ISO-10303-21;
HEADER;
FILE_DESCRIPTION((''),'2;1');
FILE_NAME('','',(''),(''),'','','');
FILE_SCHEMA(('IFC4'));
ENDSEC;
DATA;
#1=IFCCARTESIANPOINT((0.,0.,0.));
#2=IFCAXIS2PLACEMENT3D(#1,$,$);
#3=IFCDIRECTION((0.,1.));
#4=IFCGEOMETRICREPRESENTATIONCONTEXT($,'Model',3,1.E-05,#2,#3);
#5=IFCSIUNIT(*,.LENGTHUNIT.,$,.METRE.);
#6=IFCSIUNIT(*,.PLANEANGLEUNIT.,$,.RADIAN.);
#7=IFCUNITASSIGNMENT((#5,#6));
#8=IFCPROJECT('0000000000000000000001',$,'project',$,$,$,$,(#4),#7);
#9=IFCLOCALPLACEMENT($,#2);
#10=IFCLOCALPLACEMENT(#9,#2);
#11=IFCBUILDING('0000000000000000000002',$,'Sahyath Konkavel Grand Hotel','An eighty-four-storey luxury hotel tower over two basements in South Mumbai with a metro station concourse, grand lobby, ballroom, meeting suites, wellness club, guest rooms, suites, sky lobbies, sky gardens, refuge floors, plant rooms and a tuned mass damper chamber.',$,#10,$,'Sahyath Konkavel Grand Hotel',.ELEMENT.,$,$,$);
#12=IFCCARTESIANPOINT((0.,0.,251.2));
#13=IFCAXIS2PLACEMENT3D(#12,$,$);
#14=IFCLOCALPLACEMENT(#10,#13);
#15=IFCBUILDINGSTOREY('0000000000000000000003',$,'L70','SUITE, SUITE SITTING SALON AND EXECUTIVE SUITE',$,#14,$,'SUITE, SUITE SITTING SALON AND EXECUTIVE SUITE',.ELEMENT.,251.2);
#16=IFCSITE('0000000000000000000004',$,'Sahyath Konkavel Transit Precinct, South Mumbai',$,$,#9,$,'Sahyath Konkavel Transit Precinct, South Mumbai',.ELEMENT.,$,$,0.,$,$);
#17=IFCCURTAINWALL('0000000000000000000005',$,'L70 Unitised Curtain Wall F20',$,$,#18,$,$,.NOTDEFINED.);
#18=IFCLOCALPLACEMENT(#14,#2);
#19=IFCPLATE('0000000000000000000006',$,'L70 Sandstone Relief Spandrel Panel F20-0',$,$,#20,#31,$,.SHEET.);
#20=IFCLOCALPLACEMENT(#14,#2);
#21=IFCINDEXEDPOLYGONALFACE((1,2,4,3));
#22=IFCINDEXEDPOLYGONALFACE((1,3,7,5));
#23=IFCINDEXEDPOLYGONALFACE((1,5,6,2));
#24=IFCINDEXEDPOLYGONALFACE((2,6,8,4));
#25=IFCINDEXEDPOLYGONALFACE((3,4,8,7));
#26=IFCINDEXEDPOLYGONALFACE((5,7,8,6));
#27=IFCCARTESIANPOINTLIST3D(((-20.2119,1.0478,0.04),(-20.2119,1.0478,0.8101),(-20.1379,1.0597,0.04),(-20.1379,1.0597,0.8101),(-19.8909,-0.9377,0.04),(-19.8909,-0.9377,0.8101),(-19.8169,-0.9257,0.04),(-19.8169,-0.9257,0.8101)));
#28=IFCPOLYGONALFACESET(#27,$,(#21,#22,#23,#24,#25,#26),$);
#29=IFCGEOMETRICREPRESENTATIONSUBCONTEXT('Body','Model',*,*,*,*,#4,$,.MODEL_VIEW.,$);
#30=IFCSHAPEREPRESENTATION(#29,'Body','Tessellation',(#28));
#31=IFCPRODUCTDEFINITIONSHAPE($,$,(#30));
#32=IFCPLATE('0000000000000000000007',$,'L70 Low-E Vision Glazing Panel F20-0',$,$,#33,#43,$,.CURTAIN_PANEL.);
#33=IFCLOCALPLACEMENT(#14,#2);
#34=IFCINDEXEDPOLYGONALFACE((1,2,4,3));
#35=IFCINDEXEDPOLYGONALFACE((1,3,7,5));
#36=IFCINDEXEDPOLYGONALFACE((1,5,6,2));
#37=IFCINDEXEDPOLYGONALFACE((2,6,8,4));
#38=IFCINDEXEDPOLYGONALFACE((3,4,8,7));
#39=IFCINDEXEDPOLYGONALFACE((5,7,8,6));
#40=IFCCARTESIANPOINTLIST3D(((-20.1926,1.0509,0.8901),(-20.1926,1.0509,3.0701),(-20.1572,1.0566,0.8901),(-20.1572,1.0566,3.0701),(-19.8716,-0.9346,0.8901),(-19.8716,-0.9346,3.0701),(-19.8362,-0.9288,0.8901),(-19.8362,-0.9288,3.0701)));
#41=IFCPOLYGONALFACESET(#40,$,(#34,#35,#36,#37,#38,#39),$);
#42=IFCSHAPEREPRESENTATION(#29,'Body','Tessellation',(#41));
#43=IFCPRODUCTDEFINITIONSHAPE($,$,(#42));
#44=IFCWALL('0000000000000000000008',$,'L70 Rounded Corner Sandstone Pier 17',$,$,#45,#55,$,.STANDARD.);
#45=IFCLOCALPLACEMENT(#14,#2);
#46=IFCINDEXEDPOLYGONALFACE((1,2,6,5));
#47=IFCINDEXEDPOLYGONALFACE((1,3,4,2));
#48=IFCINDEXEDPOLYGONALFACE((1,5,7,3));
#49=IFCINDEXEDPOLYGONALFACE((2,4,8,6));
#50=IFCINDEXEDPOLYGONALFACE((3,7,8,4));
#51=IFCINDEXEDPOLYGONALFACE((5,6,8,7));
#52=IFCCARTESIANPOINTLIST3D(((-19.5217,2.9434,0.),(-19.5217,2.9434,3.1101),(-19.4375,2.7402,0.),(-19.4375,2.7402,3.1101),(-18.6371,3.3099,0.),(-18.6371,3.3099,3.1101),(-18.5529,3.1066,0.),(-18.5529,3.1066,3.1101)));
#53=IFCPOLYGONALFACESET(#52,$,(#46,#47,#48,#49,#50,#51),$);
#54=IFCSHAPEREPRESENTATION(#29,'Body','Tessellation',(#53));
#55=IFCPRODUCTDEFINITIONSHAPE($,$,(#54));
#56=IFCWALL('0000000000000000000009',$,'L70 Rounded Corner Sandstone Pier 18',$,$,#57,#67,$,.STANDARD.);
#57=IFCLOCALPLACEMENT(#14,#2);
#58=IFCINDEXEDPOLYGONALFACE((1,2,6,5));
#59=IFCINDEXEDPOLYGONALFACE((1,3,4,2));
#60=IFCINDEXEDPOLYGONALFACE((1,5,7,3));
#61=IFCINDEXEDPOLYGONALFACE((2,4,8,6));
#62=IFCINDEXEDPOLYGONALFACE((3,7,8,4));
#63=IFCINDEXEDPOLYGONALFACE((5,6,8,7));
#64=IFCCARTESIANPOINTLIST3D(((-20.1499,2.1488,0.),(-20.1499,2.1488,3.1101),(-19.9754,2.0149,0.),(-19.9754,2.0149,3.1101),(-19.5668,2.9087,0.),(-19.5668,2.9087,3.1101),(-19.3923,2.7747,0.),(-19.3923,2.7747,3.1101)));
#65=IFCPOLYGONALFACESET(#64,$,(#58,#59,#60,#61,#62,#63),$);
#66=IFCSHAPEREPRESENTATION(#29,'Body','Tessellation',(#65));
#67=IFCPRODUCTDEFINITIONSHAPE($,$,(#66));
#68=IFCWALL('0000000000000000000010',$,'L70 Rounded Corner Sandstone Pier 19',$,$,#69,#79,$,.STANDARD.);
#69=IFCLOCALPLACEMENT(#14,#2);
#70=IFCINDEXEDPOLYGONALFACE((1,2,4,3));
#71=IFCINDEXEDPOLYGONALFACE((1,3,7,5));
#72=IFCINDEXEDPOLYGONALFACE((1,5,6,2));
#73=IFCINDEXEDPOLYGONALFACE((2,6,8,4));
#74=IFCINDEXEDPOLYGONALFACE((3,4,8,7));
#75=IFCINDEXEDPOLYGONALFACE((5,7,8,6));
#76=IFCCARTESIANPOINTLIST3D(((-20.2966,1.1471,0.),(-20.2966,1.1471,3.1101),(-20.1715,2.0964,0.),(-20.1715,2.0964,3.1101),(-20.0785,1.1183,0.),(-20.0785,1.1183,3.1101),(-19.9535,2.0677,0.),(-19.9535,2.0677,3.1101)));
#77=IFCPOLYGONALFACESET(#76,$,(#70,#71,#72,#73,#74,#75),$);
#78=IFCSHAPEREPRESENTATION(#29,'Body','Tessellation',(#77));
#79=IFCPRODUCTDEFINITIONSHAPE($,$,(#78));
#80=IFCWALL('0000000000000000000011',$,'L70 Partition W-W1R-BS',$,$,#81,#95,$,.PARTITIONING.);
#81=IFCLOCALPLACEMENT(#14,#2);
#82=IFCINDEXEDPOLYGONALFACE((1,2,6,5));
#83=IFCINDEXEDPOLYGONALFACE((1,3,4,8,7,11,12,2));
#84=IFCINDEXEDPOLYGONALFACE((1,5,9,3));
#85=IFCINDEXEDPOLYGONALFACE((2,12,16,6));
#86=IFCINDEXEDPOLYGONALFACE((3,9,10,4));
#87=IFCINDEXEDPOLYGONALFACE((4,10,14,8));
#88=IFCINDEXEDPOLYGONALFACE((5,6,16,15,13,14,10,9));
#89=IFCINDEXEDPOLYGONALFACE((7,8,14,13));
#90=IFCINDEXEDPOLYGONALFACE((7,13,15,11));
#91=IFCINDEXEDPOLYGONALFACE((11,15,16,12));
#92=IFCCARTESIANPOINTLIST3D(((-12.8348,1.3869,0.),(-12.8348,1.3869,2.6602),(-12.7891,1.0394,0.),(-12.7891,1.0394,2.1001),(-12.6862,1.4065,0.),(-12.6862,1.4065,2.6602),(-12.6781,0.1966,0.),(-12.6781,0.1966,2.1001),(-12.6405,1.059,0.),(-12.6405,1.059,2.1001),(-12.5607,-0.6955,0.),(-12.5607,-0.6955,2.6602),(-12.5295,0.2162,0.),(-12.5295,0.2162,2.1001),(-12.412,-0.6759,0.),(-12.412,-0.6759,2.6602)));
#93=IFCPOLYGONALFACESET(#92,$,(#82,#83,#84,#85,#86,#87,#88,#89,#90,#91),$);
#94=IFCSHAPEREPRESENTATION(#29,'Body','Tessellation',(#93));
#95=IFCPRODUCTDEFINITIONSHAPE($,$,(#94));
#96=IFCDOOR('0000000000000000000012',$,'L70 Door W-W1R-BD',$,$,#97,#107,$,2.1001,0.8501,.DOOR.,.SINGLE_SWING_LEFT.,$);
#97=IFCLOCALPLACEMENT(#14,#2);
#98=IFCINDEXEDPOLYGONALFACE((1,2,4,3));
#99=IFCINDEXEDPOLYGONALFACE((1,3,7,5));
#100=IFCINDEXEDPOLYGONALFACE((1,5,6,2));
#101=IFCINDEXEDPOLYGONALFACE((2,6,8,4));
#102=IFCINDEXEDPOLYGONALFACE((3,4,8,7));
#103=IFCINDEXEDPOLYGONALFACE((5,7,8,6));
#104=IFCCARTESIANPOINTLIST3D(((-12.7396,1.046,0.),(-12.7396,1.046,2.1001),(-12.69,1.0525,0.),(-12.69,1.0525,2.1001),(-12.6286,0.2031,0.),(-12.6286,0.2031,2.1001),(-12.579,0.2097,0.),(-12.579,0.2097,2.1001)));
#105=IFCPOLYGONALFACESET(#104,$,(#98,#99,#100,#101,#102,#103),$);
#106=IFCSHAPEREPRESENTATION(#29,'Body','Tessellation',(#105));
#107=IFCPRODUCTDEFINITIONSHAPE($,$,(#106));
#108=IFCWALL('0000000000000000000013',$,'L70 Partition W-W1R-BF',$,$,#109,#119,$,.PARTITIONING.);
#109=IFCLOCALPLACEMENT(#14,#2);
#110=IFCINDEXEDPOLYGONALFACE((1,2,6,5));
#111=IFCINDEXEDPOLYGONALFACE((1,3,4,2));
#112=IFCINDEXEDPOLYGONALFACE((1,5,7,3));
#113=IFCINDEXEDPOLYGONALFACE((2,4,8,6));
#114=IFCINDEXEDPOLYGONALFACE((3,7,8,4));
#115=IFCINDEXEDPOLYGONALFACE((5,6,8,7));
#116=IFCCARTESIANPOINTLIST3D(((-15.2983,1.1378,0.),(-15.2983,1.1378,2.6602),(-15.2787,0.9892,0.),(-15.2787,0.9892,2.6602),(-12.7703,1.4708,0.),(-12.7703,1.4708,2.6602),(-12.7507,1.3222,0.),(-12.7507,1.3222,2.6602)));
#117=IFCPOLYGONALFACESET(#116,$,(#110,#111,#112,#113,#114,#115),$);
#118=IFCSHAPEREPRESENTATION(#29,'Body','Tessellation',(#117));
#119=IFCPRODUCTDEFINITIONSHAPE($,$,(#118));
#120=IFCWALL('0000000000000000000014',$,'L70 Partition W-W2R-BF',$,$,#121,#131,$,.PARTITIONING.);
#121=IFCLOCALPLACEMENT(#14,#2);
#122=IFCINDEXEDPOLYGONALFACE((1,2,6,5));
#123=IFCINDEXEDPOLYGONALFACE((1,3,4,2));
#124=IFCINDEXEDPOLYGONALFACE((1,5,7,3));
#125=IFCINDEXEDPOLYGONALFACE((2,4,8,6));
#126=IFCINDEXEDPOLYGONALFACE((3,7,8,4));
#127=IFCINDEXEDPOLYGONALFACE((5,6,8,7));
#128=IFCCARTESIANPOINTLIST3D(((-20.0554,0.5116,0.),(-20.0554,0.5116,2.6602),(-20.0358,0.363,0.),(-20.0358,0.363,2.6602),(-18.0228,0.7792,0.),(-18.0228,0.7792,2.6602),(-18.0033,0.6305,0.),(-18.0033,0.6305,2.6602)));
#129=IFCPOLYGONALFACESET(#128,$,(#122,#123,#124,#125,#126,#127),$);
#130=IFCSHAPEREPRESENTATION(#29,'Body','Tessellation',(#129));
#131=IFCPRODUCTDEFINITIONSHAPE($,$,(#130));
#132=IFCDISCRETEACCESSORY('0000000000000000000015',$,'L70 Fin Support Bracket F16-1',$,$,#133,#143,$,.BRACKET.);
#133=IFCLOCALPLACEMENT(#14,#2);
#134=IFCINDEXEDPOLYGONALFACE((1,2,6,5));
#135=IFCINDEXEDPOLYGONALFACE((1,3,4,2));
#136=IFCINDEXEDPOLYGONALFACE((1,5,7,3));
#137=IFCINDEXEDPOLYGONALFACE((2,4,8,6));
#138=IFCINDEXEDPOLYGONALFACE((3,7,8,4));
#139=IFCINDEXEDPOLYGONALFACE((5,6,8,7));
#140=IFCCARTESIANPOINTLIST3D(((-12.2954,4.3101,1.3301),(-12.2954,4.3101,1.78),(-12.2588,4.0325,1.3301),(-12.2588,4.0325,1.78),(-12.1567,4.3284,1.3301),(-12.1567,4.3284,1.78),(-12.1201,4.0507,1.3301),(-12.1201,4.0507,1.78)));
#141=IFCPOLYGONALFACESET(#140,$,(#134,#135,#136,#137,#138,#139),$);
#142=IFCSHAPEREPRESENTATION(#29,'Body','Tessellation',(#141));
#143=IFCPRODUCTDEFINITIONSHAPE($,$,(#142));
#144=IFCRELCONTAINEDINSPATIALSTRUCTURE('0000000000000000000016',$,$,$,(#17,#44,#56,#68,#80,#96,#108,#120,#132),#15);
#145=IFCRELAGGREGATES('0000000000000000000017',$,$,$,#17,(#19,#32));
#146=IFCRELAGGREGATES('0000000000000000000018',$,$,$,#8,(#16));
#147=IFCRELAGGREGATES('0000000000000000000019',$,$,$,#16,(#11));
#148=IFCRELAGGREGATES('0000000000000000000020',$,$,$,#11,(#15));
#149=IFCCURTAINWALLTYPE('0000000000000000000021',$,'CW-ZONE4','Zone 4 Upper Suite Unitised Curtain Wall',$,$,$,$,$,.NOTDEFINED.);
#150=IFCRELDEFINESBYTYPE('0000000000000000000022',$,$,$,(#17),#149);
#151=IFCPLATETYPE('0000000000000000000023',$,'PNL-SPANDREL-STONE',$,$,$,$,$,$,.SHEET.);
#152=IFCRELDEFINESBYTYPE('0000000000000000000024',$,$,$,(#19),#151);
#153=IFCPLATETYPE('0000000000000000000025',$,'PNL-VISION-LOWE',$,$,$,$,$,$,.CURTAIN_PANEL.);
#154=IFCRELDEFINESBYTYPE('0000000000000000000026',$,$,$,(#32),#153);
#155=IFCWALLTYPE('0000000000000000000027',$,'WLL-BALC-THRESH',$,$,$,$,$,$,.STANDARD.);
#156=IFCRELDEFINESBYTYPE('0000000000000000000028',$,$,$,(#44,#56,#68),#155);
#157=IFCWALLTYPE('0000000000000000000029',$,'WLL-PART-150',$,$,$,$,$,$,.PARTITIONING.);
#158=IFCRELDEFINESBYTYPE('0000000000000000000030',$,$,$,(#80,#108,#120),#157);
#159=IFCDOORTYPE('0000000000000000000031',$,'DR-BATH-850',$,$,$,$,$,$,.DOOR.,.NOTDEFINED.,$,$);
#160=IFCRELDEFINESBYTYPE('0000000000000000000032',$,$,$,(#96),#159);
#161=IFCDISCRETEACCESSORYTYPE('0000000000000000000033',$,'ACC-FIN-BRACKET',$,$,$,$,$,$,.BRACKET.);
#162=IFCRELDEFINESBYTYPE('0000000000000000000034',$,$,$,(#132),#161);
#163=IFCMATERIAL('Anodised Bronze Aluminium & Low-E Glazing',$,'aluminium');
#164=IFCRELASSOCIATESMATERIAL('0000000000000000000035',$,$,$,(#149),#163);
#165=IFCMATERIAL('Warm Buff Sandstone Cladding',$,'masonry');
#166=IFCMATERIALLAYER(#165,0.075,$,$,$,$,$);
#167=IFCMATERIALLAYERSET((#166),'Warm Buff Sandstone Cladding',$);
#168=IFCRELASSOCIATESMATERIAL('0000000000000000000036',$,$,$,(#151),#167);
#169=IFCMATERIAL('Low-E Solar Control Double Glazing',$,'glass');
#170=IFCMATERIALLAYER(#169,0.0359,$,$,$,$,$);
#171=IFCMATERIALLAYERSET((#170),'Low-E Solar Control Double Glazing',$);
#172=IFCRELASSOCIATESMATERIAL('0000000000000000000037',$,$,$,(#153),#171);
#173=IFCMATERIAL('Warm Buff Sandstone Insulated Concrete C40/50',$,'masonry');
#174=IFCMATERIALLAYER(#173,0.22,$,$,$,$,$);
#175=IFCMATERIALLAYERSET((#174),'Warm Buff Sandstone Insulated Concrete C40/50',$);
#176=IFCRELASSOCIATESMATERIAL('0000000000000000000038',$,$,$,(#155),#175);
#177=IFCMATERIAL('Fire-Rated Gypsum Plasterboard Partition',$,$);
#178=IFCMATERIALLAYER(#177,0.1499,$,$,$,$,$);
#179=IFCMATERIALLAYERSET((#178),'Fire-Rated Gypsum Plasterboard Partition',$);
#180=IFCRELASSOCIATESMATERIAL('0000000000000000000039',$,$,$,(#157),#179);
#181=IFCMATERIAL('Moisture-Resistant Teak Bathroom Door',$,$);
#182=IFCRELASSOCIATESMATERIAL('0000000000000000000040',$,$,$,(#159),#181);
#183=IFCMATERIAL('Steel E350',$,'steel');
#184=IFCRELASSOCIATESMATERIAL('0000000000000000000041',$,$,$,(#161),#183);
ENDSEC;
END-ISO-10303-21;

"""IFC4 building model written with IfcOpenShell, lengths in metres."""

from ifc_helpers import new_model, si_unit, direction, frame, frame_2d, origin, origin_2d, place, context, subcontext, project, spatial, rectangle, extrude, source, transform, mapped, material, layer, layer_set, type_object, element, fill, aggregate, save


model = new_model("IFC4")

# Units and contexts
model_context = context("Model", 3, precision=1e-05, world=origin(), true_north=direction((0.0, 1.0)))
body_context = subcontext(model_context, "Body", "Model", "MODEL_VIEW")
ifc_project = project(units=[si_unit("LENGTHUNIT", "METRE"), si_unit("PLANEANGLEUNIT", "RADIAN")], contexts=[model_context])

# Site, building, storey
site_placement = place(None, origin())
site = spatial("IfcSite", under=ifc_project, at=site_placement, Name="Sahyath Konkavel Transit Precinct, South Mumbai", LongName="Sahyath Konkavel Transit Precinct, South Mumbai", CompositionType="ELEMENT", RefElevation=0.0)
building_placement = place(site_placement, origin())
building = spatial("IfcBuilding", under=site, at=building_placement, Name="Sahyath Konkavel Grand Hotel", Description="An eighty-four-storey luxury hotel tower over two basements in South Mumbai with a metro station concourse, grand lobby, ballroom, meeting suites, wellness club, guest rooms, suites, sky lobbies, sky gardens, refuge floors, plant rooms and a tuned mass damper chamber.", LongName="Sahyath Konkavel Grand Hotel", CompositionType="ELEMENT")
storey_placement = place(building_placement, frame((0.0, 0.0, 251.2)))
storey = spatial("IfcBuildingStorey", under=building, at=storey_placement, Name="L70", Description="SUITE, SUITE SITTING SALON AND EXECUTIVE SUITE", LongName="SUITE, SUITE SITTING SALON AND EXECUTIVE SUITE", CompositionType="ELEMENT", Elevation=251.2)

# Shared definitions
ifc_material_1 = material(Name="Steel E350", Category="steel")

# Shared definitions
ifc_material_2 = material(Name="Anodised Bronze Aluminium & Low-E Glazing", Category="aluminium")
curtain_wall_type = type_object("IfcCurtainWallType", Name="CW-ZONE4", Description="Zone 4 Upper Suite Unitised Curtain Wall", PredefinedType="NOTDEFINED", material=ifc_material_2)

# Curtain wall
curtain_wall_1_placement = place(storey_placement, origin())
curtain_wall_1 = element("IfcCurtainWall", 1, at=curtain_wall_1_placement, inside=storey, type_object=curtain_wall_type, Name="L70 Unitised Curtain Wall F20", PredefinedType="NOTDEFINED")

# Plates
ifc_material_3 = material(Name="Warm Buff Sandstone Cladding", Category="masonry")
ifc_layer_1 = layer(ifc_material_3, 0.075)
ifc_layer_set_1 = layer_set([ifc_layer_1], Name="Warm Buff Sandstone Cladding")
plate_type_1 = type_object("IfcPlateType", Name="PNL-SPANDREL-STONE", PredefinedType="SHEET", material=ifc_layer_set_1)
ifc_material_4 = material(Name="Low-E Solar Control Double Glazing", Category="glass")
ifc_layer_2 = layer(ifc_material_4, 0.0359)
ifc_layer_set_2 = layer_set([ifc_layer_2], Name="Low-E Solar Control Double Glazing")
plate_type_2 = type_object("IfcPlateType", Name="PNL-VISION-LOWE", PredefinedType="CURTAIN_PANEL", material=ifc_layer_set_2)
shared_shape_1 = source(origin(), body_context, "Body", "SweptSolid", [
    extrude(rectangle(XDim=2.0112, YDim=0.075, at=origin_2d()), origin(), (0.0, 0.0, 1.0), 0.77),
])
plate_1_placement = place(storey_placement, frame((-20.0144, 0.061, 0.04), z_axis=(0.0, 0.0, 1.0), x_axis=(0.159588, -0.987184, 0.0)))
plate_1 = element("IfcPlate", 2, at=plate_1_placement, type_object=plate_type_1, Name="L70 Sandstone Relief Spandrel Panel F20-0", PredefinedType="SHEET", context=body_context, shape_type="MappedRepresentation", body=[
    mapped(shared_shape_1, transform((0.0, 0.0, 0.0), scale=1.0)),
])
shared_shape_2 = source(origin(), body_context, "Body", "SweptSolid", [
    extrude(rectangle(XDim=2.0112, YDim=0.0359, at=origin_2d()), origin(), (0.0, 0.0, 1.0), 2.1799),
])
plate_2_placement = place(storey_placement, frame((-20.0144, 0.061, 0.8901), z_axis=(0.0, 0.0, 1.0), x_axis=(0.159588, -0.987184, 0.0)))
plate_2 = element("IfcPlate", 3, at=plate_2_placement, type_object=plate_type_2, Name="L70 Low-E Vision Glazing Panel F20-0", PredefinedType="CURTAIN_PANEL", context=body_context, shape_type="MappedRepresentation", body=[
    mapped(shared_shape_2, transform((0.0, 0.0, 0.0), scale=1.0)),
])
aggregate(curtain_wall_1, [plate_1, plate_2])

# Walls
ifc_material_5 = material(Name="Warm Buff Sandstone Insulated Concrete C40/50", Category="masonry")
ifc_layer_3 = layer(ifc_material_5, 0.22)
ifc_layer_set_3 = layer_set([ifc_layer_3], Name="Warm Buff Sandstone Insulated Concrete C40/50")
wall_type_1 = type_object("IfcWallType", Name="WLL-BALC-THRESH", PredefinedType="STANDARD", material=ifc_layer_set_3)
wall_1_placement = place(storey_placement, frame((-18.595, 3.2083, 0.0), z_axis=(0.0, 0.0, 1.0), x_axis=(-0.923852, -0.38275, 0.0)))
element("IfcWall", 4, at=wall_1_placement, inside=storey, type_object=wall_type_1, Name="L70 Rounded Corner Sandstone Pier 17", PredefinedType="STANDARD", context=body_context, shape_type="SweptSolid", body=[
    extrude(rectangle(XDim=0.9575, YDim=0.22, at=frame_2d((0.4788, 0.0))), origin(), (0.0, 0.0, 1.0), 3.1101),
])
wall_2_placement = place(storey_placement, frame((-19.4795, 2.8418, 0.0), z_axis=(0.0, 0.0, 1.0), x_axis=(-0.608774, -0.793344, 0.0)))
element("IfcWall", 5, at=wall_2_placement, inside=storey, type_object=wall_type_1, Name="L70 Rounded Corner Sandstone Pier 18", PredefinedType="STANDARD", context=body_context, shape_type="SweptSolid", body=[
    extrude(rectangle(XDim=0.9578, YDim=0.22, at=frame_2d((0.479, 0.0))), origin(), (0.0, 0.0, 1.0), 3.1101),
])
wall_3_placement = place(storey_placement, frame((-20.0625, 2.082, 0.0), z_axis=(0.0, 0.0, 1.0), x_axis=(-0.13056, -0.99144, 0.0)))
element("IfcWall", 6, at=wall_3_placement, inside=storey, type_object=wall_type_1, Name="L70 Rounded Corner Sandstone Pier 19", PredefinedType="STANDARD", context=body_context, shape_type="SweptSolid", body=[
    extrude(rectangle(XDim=0.9575, YDim=0.22, at=frame_2d((0.4788, 0.0))), origin(), (0.0, 0.0, 1.0), 3.1101),
])

# Wall, opening, door
ifc_material_6 = material(Name="Fire-Rated Gypsum Plasterboard Partition")
ifc_layer_4 = layer(ifc_material_6, 0.1499)
ifc_layer_set_4 = layer_set([ifc_layer_4], Name="Fire-Rated Gypsum Plasterboard Partition")
wall_type_2 = type_object("IfcWallType", Name="WLL-PART-150", PredefinedType="PARTITIONING", material=ifc_layer_set_4)
wall_4_placement = place(storey_placement, frame((-12.4863, -0.6858, 0.0), z_axis=(0.0, 0.0, 1.0), x_axis=(-0.130542, 0.991443, 0.0)))
wall_4 = element("IfcWall", 7, at=wall_4_placement, inside=storey, type_object=wall_type_2, Name="L70 Partition W-W1R-BS", PredefinedType="PARTITIONING", context=body_context, shape_type="SweptSolid", body=[
    extrude(rectangle(XDim=2.1003, YDim=0.1499, at=frame_2d((1.0503, 0.0))), origin(), (0.0, 0.0, 1.0), 2.6602),
])
opening_placement = place(wall_4_placement, frame((0.8999, 0.0, 0.0)))
opening = element("IfcOpeningElement", 8, at=opening_placement, cuts=wall_4, PredefinedType="OPENING", context=body_context, shape_type="SweptSolid", body=[
    extrude(rectangle(XDim=0.8501, YDim=2.1001, at=frame_2d((0.425, 1.05))), frame((0.0, 0.085, 0.0), z_axis=(0.0, -1.0, 0.0), x_axis=(1.0, 0.0, 0.0)), (0.0, 0.0, 1.0), 0.1699),
])
ifc_material_7 = material(Name="Moisture-Resistant Teak Bathroom Door")
door_type = type_object("IfcDoorType", Name="DR-BATH-850", OperationType="NOTDEFINED", PredefinedType="DOOR", material=ifc_material_7)
shared_shape_3 = source(origin(), body_context, "Body", "SweptSolid", [
    extrude(rectangle(XDim=0.8501, YDim=0.05, at=origin_2d()), origin(), (0.0, 0.0, 1.0), 2.1001),
])
door_placement = place(opening_placement, frame((0.425, 0.0, 0.0)))
door = element("IfcDoor", 9, at=door_placement, inside=storey, type_object=door_type, Name="L70 Door W-W1R-BD", OperationType="SINGLE_SWING_LEFT", OverallHeight=2.1001, OverallWidth=0.8501, PredefinedType="DOOR", context=body_context, shape_type="MappedRepresentation", body=[
    mapped(shared_shape_3, transform((0.0, 0.0, 0.0), scale=1.0)),
])
fill(opening, door)

# Walls
wall_5_placement = place(storey_placement, frame((-12.7605, 1.3965, 0.0), z_axis=(0.0, 0.0, 1.0), x_axis=(-0.991436, -0.130596, 0.0)))
element("IfcWall", 10, at=wall_5_placement, inside=storey, type_object=wall_type_2, Name="L70 Partition W-W1R-BF", PredefinedType="PARTITIONING", context=body_context, shape_type="SweptSolid", body=[
    extrude(rectangle(XDim=2.5498, YDim=0.1499, at=frame_2d((1.2749, 0.0))), origin(), (0.0, 0.0, 1.0), 2.6602),
])
wall_6_placement = place(storey_placement, frame((-18.0132, 0.7048, 0.0), z_axis=(0.0, 0.0, 1.0), x_axis=(-0.991445, -0.130525, 0.0)))
element("IfcWall", 11, at=wall_6_placement, inside=storey, type_object=wall_type_2, Name="L70 Partition W-W2R-BF", PredefinedType="PARTITIONING", context=body_context, shape_type="SweptSolid", body=[
    extrude(rectangle(XDim=2.05, YDim=0.1499, at=frame_2d((1.0249, 0.0))), origin(), (0.0, 0.0, 1.0), 2.6602),
])

# Discrete accessory
discrete_accessory_type = type_object("IfcDiscreteAccessoryType", Name="ACC-FIN-BRACKET", PredefinedType="BRACKET", material=ifc_material_1)
shared_shape_4 = source(origin(), body_context, "Body", "SweptSolid", [
    extrude(rectangle(XDim=0.28, YDim=0.1399, at=origin_2d()), origin(), (0.0, 0.0, 1.0), 0.45),
])
discrete_accessory_placement = place(storey_placement, frame((-12.2078, 4.1804, 1.3301), z_axis=(0.0, 0.0, 1.0), x_axis=(-0.130526, 0.991445, 0.0)))
element("IfcDiscreteAccessory", 12, at=discrete_accessory_placement, inside=storey, type_object=discrete_accessory_type, Name="L70 Fin Support Bracket F16-1", PredefinedType="BRACKET", context=body_context, shape_type="MappedRepresentation", body=[
    mapped(shared_shape_4, transform((0.0, 0.0, 0.0), scale=1.0)),
])

save(model, "model.ifc")
